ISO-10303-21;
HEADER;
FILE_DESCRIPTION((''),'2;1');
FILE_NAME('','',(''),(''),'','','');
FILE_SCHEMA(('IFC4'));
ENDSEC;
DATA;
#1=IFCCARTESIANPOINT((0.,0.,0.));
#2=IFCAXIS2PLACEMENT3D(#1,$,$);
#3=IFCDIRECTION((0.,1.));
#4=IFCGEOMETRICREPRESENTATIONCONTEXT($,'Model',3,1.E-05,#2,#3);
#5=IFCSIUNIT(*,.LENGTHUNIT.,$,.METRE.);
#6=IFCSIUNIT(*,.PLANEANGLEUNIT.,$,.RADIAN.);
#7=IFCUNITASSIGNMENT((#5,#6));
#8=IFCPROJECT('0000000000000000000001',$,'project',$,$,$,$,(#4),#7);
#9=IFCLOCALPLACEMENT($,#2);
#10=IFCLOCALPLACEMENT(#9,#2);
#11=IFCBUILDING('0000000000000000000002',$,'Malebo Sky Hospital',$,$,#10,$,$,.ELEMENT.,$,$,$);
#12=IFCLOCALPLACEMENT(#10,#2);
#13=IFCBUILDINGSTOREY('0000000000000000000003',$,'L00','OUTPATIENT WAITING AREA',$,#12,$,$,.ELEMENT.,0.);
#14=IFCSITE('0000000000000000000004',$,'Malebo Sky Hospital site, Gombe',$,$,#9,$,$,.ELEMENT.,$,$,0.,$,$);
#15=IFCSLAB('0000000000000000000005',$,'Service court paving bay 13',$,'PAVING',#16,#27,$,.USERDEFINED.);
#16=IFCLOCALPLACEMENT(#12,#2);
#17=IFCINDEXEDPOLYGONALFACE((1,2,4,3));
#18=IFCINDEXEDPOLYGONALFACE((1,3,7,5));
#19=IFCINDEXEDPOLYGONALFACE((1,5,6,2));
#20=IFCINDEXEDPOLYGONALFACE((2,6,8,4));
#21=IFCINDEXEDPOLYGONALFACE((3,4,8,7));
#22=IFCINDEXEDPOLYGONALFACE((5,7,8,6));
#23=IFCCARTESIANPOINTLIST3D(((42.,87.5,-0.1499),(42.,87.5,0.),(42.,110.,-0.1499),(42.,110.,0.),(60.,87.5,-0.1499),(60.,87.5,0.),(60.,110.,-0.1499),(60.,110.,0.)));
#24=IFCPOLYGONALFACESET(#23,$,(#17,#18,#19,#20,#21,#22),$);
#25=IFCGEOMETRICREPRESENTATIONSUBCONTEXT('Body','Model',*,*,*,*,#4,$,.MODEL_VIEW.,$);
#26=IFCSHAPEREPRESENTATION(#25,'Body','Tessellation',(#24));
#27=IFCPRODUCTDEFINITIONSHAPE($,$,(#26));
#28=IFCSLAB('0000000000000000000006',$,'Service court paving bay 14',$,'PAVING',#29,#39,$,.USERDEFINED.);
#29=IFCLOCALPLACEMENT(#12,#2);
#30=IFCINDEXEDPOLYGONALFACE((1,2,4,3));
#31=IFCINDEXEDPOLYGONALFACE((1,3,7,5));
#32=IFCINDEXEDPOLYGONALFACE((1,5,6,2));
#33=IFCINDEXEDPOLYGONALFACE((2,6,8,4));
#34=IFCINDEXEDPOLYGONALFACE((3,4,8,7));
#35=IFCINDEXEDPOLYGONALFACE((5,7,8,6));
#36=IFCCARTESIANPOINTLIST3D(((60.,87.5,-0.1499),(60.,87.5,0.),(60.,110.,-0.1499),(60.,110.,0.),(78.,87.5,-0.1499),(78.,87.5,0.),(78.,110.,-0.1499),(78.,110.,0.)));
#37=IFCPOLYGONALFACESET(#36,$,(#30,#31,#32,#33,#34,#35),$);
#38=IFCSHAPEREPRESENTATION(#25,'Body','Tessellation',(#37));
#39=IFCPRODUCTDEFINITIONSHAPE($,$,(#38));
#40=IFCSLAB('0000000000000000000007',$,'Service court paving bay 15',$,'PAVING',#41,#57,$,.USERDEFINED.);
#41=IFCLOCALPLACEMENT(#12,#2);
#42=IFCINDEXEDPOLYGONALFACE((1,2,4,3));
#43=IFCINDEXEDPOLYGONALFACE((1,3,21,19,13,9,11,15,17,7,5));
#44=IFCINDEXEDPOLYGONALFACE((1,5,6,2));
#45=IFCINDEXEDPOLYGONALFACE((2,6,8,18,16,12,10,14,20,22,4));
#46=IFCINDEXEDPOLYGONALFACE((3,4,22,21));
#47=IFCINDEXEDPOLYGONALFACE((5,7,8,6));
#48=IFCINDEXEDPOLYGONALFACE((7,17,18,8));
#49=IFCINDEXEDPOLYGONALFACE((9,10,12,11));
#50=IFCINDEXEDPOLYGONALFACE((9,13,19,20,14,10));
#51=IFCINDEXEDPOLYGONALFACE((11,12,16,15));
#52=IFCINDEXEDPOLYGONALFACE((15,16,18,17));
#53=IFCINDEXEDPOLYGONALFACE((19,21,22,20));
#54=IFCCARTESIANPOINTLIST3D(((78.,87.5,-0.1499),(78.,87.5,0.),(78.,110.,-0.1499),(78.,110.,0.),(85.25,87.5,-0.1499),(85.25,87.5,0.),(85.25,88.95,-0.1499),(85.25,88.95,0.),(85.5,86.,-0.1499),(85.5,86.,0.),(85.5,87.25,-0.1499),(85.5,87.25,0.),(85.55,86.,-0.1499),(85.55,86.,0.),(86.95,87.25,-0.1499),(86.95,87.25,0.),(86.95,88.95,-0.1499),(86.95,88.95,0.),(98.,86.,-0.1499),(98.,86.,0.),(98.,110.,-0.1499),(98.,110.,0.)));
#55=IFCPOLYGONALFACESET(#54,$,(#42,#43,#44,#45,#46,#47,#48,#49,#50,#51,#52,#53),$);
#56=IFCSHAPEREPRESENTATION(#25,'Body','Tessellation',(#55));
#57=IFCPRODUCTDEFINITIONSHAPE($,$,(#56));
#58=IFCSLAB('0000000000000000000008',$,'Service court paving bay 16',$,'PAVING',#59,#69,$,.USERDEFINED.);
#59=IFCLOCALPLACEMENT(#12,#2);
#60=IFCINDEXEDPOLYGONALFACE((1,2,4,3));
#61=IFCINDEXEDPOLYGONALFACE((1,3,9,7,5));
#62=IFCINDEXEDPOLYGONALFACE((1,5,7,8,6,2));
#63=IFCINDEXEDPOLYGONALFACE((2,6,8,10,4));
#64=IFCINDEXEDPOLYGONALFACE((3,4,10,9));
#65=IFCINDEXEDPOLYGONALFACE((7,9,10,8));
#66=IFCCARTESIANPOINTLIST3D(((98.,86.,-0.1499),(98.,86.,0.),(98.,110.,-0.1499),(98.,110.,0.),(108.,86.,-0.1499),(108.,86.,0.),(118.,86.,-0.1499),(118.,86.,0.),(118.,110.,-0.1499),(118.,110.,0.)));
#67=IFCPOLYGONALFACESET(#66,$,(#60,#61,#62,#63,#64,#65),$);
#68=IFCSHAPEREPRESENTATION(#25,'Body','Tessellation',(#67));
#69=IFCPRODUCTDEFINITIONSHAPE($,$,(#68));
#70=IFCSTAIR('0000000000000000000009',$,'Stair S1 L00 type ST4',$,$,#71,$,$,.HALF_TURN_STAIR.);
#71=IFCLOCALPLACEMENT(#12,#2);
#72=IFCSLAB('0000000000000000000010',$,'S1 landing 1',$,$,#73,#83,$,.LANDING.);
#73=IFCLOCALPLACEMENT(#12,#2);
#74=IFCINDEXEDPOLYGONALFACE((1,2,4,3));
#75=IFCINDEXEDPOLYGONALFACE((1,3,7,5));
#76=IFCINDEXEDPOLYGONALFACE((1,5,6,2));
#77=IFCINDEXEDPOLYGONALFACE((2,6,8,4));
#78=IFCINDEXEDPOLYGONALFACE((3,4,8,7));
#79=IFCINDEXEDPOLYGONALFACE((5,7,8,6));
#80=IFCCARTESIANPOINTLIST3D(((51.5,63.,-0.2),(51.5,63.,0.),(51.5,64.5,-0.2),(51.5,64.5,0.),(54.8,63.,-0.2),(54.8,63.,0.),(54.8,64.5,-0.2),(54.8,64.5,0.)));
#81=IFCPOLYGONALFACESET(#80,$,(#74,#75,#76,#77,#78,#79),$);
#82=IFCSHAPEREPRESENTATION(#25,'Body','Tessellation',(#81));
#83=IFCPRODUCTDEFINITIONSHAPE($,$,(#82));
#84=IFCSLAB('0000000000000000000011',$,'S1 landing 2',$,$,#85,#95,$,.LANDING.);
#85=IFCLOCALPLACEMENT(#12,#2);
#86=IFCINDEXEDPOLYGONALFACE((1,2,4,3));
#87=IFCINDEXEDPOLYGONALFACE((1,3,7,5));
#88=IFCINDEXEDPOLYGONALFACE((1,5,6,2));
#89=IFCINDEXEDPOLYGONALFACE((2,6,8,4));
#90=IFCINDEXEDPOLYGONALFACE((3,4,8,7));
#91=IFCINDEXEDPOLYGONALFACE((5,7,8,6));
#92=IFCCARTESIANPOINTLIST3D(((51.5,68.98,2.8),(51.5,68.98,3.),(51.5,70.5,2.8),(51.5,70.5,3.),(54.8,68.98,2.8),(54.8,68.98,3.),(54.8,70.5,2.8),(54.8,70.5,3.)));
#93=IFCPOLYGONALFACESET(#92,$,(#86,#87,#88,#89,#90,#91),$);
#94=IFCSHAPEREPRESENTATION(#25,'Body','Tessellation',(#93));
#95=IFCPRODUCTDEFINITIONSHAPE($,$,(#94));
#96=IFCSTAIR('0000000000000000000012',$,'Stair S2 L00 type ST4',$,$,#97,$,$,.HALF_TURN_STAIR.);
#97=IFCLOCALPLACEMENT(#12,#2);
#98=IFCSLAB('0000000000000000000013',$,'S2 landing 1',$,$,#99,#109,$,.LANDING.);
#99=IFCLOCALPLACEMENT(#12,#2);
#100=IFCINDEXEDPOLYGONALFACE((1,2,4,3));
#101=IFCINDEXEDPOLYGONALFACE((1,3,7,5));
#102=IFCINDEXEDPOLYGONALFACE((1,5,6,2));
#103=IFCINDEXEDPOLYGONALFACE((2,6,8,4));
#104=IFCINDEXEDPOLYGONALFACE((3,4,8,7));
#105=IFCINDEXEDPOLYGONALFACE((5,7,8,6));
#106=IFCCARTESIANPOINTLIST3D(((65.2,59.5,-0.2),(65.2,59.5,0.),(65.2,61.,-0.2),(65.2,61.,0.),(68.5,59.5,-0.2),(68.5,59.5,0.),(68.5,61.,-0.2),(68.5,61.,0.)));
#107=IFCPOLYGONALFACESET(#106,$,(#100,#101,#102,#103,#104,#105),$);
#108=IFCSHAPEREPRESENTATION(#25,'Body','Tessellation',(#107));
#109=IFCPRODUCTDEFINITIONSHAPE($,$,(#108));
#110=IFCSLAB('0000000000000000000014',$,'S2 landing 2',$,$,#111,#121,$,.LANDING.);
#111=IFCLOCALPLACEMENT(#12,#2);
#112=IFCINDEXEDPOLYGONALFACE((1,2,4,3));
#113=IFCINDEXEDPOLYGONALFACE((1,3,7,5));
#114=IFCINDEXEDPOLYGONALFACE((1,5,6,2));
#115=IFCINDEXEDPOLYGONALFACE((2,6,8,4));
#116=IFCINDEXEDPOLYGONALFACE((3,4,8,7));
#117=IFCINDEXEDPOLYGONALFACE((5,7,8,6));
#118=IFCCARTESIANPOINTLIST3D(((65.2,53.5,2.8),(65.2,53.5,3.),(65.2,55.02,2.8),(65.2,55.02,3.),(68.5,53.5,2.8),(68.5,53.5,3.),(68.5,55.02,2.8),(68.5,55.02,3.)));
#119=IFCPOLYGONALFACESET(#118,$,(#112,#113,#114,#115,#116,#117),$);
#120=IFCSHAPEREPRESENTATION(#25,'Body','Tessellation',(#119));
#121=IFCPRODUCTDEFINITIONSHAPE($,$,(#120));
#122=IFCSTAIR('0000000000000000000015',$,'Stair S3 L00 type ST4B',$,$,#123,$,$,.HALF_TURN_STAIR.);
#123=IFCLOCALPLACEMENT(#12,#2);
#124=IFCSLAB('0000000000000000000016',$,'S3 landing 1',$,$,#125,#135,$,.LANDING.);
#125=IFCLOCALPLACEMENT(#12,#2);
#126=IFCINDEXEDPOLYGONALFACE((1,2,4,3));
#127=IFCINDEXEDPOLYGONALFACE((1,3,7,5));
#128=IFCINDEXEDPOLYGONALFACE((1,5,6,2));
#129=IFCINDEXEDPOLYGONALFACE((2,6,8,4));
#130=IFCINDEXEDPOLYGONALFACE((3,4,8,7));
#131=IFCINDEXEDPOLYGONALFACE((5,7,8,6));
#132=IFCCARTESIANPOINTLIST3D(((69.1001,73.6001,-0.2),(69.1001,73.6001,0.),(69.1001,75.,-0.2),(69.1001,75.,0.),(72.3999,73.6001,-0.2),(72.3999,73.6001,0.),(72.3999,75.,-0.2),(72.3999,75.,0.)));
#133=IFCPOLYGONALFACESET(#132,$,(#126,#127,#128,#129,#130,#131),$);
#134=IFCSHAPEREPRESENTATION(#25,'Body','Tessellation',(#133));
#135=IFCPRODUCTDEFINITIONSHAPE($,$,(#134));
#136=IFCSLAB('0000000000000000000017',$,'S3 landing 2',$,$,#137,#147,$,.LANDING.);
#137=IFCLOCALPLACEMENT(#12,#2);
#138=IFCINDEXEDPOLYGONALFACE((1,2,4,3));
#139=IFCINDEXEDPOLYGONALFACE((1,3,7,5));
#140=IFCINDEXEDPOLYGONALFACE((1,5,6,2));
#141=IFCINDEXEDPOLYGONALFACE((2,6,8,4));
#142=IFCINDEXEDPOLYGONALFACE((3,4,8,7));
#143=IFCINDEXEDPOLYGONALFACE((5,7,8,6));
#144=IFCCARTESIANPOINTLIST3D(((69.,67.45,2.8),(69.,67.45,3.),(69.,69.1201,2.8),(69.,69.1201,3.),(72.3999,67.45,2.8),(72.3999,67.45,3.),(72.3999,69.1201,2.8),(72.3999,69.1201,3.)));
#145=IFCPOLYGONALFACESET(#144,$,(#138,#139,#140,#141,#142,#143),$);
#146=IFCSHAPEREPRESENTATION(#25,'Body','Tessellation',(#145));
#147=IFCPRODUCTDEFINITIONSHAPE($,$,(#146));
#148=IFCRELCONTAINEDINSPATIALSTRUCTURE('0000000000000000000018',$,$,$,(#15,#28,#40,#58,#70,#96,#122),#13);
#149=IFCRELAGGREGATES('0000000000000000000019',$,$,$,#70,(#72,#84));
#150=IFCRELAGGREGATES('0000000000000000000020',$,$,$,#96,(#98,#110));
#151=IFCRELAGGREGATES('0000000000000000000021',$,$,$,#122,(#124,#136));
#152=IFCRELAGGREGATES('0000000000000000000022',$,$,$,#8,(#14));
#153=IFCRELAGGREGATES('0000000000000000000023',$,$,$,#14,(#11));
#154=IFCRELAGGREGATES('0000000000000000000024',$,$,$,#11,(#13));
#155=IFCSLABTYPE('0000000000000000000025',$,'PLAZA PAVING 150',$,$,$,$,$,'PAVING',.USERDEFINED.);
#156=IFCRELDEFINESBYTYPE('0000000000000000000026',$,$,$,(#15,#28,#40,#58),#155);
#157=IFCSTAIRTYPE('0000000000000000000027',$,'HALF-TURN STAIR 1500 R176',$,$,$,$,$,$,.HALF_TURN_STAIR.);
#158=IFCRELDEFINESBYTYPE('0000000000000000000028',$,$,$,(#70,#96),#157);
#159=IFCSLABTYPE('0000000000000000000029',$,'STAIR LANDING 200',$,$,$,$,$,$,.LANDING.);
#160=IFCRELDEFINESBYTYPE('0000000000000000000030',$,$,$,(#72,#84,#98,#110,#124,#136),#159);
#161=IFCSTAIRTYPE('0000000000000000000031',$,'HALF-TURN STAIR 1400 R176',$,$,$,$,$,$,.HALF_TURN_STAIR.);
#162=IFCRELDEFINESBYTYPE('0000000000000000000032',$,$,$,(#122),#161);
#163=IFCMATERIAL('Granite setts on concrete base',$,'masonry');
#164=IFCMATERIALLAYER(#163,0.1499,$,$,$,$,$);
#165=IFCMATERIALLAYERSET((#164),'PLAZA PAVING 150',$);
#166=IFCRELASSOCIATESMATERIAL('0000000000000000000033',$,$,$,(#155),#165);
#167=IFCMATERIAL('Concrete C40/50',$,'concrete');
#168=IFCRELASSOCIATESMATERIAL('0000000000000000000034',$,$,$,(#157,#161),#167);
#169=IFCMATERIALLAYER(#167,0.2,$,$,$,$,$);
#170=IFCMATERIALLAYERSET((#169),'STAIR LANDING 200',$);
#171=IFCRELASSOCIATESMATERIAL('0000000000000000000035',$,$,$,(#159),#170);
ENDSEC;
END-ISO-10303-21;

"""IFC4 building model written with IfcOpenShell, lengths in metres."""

from ifc_helpers import new_model, si_unit, direction, frame, origin, place, context, subcontext, project, spatial, polyline, outline, extrude, material, layer, layer_set, type_object, element, aggregate, save


model = new_model("IFC4")

# Units and contexts
model_context = context("Model", 3, precision=1e-05, world=origin(), true_north=direction((0.0, 1.0)))
body_context = subcontext(model_context, "Body", "Model", "MODEL_VIEW")
ifc_project = project(units=[si_unit("LENGTHUNIT", "METRE"), si_unit("PLANEANGLEUNIT", "RADIAN")], contexts=[model_context])

# Site, building, storey
site_placement = place(None, origin())
site = spatial("IfcSite", under=ifc_project, at=site_placement, Name="Malebo Sky Hospital site, Gombe", CompositionType="ELEMENT", RefElevation=0.0)
building_placement = place(site_placement, origin())
building = spatial("IfcBuilding", under=site, at=building_placement, Name="Malebo Sky Hospital", CompositionType="ELEMENT")
storey_placement = place(building_placement, origin())
storey = spatial("IfcBuildingStorey", under=building, at=storey_placement, Name="L00", Description="OUTPATIENT WAITING AREA", CompositionType="ELEMENT", Elevation=0.0)

# Slabs
ifc_material_1 = material(Name="Granite setts on concrete base", Category="masonry")
ifc_layer_1 = layer(ifc_material_1, 0.1499)
ifc_layer_set_1 = layer_set([ifc_layer_1], Name="PLAZA PAVING 150")
slab_type_1 = type_object("IfcSlabType", Name="PLAZA PAVING 150", ElementType="PAVING", PredefinedType="USERDEFINED", material=ifc_layer_set_1)
slab_1_placement = place(storey_placement, frame((0.0, 0.0, -0.1499)))
element("IfcSlab", 1, at=slab_1_placement, inside=storey, type_object=slab_type_1, Name="Service court paving bay 13", ObjectType="PAVING", PredefinedType="USERDEFINED", context=body_context, shape_type="SweptSolid", body=[
    extrude(outline(polyline([(42.0, 110.0), (42.0, 87.5), (60.0, 87.5), (60.0, 110.0), (42.0, 110.0)])), origin(), (0.0, 0.0, 1.0), 0.1499),
])
slab_2_placement = place(storey_placement, frame((0.0, 0.0, -0.1499)))
element("IfcSlab", 2, at=slab_2_placement, inside=storey, type_object=slab_type_1, Name="Service court paving bay 14", ObjectType="PAVING", PredefinedType="USERDEFINED", context=body_context, shape_type="SweptSolid", body=[
    extrude(outline(polyline([(60.0, 110.0), (60.0, 87.5), (78.0, 87.5), (78.0, 110.0), (60.0, 110.0)])), origin(), (0.0, 0.0, 1.0), 0.1499),
])
slab_3_placement = place(storey_placement, frame((0.0, 0.0, -0.1499)))
element("IfcSlab", 3, at=slab_3_placement, inside=storey, type_object=slab_type_1, Name="Service court paving bay 15", ObjectType="PAVING", PredefinedType="USERDEFINED", context=body_context, shape_type="SweptSolid", body=[
    extrude(outline(polyline([(78.0, 110.0), (78.0, 87.5), (85.25, 87.5), (85.25, 88.95), (86.95, 88.95), (86.95, 87.25), (85.5, 87.25), (85.5, 86.0), (85.55, 86.0), (98.0, 86.0), (98.0, 110.0), (78.0, 110.0)])), origin(), (0.0, 0.0, 1.0), 0.1499),
])
slab_4_placement = place(storey_placement, frame((0.0, 0.0, -0.1499)))
element("IfcSlab", 4, at=slab_4_placement, inside=storey, type_object=slab_type_1, Name="Service court paving bay 16", ObjectType="PAVING", PredefinedType="USERDEFINED", context=body_context, shape_type="SweptSolid", body=[
    extrude(outline(polyline([(98.0, 110.0), (98.0, 86.0), (108.0, 86.0), (118.0, 86.0), (118.0, 110.0), (98.0, 110.0)])), origin(), (0.0, 0.0, 1.0), 0.1499),
])

# Stairs, slabs
ifc_material_2 = material(Name="Concrete C40/50", Category="concrete")
stair_type_1 = type_object("IfcStairType", Name="HALF-TURN STAIR 1500 R176", PredefinedType="HALF_TURN_STAIR", material=ifc_material_2)
stair_1_placement = place(storey_placement, origin())
stair_1 = element("IfcStair", 5, at=stair_1_placement, inside=storey, type_object=stair_type_1, Name="Stair S1 L00 type ST4", PredefinedType="HALF_TURN_STAIR")
ifc_layer_2 = layer(ifc_material_2, 0.2)
ifc_layer_set_2 = layer_set([ifc_layer_2], Name="STAIR LANDING 200")
slab_type_2 = type_object("IfcSlabType", Name="STAIR LANDING 200", PredefinedType="LANDING", material=ifc_layer_set_2)
slab_5_placement = place(storey_placement, frame((0.0, 0.0, -0.2)))
slab_5 = element("IfcSlab", 6, at=slab_5_placement, type_object=slab_type_2, Name="S1 landing 1", PredefinedType="LANDING", context=body_context, shape_type="SweptSolid", body=[
    extrude(outline(polyline([(51.5, 63.0), (54.8, 63.0), (54.8, 64.5), (51.5, 64.5), (51.5, 63.0)])), origin(), (0.0, 0.0, 1.0), 0.2),
])
slab_6_placement = place(storey_placement, frame((0.0, 0.0, 2.8)))
slab_6 = element("IfcSlab", 7, at=slab_6_placement, type_object=slab_type_2, Name="S1 landing 2", PredefinedType="LANDING", context=body_context, shape_type="SweptSolid", body=[
    extrude(outline(polyline([(51.5, 68.98), (54.8, 68.98), (54.8, 70.5), (51.5, 70.5), (51.5, 68.98)])), origin(), (0.0, 0.0, 1.0), 0.2),
])
aggregate(stair_1, [slab_5, slab_6])
stair_2_placement = place(storey_placement, origin())
stair_2 = element("IfcStair", 8, at=stair_2_placement, inside=storey, type_object=stair_type_1, Name="Stair S2 L00 type ST4", PredefinedType="HALF_TURN_STAIR")
slab_7_placement = place(storey_placement, frame((0.0, 0.0, -0.2)))
slab_7 = element("IfcSlab", 9, at=slab_7_placement, type_object=slab_type_2, Name="S2 landing 1", PredefinedType="LANDING", context=body_context, shape_type="SweptSolid", body=[
    extrude(outline(polyline([(65.2, 59.5), (68.5, 59.5), (68.5, 61.0), (65.2, 61.0), (65.2, 59.5)])), origin(), (0.0, 0.0, 1.0), 0.2),
])
slab_8_placement = place(storey_placement, frame((0.0, 0.0, 2.8)))
slab_8 = element("IfcSlab", 10, at=slab_8_placement, type_object=slab_type_2, Name="S2 landing 2", PredefinedType="LANDING", context=body_context, shape_type="SweptSolid", body=[
    extrude(outline(polyline([(65.2, 53.5), (68.5, 53.5), (68.5, 55.02), (65.2, 55.02), (65.2, 53.5)])), origin(), (0.0, 0.0, 1.0), 0.2),
])
aggregate(stair_2, [slab_7, slab_8])
stair_type_2 = type_object("IfcStairType", Name="HALF-TURN STAIR 1400 R176", PredefinedType="HALF_TURN_STAIR", material=ifc_material_2)
stair_3_placement = place(storey_placement, origin())
stair_3 = element("IfcStair", 11, at=stair_3_placement, inside=storey, type_object=stair_type_2, Name="Stair S3 L00 type ST4B", PredefinedType="HALF_TURN_STAIR")
slab_9_placement = place(storey_placement, frame((0.0, 0.0, -0.2)))
slab_9 = element("IfcSlab", 12, at=slab_9_placement, type_object=slab_type_2, Name="S3 landing 1", PredefinedType="LANDING", context=body_context, shape_type="SweptSolid", body=[
    extrude(outline(polyline([(69.1001, 73.6001), (72.3999, 73.6001), (72.3999, 75.0), (69.1001, 75.0), (69.1001, 73.6001)])), origin(), (0.0, 0.0, 1.0), 0.2),
])
slab_10_placement = place(storey_placement, frame((0.0, 0.0, 2.8)))
slab_10 = element("IfcSlab", 13, at=slab_10_placement, type_object=slab_type_2, Name="S3 landing 2", PredefinedType="LANDING", context=body_context, shape_type="SweptSolid", body=[
    extrude(outline(polyline([(69.0, 67.45), (72.3999, 67.45), (72.3999, 69.1201), (69.0, 69.1201), (69.0, 67.45)])), origin(), (0.0, 0.0, 1.0), 0.2),
])
aggregate(stair_3, [slab_9, slab_10])

save(model, "model.ifc")
